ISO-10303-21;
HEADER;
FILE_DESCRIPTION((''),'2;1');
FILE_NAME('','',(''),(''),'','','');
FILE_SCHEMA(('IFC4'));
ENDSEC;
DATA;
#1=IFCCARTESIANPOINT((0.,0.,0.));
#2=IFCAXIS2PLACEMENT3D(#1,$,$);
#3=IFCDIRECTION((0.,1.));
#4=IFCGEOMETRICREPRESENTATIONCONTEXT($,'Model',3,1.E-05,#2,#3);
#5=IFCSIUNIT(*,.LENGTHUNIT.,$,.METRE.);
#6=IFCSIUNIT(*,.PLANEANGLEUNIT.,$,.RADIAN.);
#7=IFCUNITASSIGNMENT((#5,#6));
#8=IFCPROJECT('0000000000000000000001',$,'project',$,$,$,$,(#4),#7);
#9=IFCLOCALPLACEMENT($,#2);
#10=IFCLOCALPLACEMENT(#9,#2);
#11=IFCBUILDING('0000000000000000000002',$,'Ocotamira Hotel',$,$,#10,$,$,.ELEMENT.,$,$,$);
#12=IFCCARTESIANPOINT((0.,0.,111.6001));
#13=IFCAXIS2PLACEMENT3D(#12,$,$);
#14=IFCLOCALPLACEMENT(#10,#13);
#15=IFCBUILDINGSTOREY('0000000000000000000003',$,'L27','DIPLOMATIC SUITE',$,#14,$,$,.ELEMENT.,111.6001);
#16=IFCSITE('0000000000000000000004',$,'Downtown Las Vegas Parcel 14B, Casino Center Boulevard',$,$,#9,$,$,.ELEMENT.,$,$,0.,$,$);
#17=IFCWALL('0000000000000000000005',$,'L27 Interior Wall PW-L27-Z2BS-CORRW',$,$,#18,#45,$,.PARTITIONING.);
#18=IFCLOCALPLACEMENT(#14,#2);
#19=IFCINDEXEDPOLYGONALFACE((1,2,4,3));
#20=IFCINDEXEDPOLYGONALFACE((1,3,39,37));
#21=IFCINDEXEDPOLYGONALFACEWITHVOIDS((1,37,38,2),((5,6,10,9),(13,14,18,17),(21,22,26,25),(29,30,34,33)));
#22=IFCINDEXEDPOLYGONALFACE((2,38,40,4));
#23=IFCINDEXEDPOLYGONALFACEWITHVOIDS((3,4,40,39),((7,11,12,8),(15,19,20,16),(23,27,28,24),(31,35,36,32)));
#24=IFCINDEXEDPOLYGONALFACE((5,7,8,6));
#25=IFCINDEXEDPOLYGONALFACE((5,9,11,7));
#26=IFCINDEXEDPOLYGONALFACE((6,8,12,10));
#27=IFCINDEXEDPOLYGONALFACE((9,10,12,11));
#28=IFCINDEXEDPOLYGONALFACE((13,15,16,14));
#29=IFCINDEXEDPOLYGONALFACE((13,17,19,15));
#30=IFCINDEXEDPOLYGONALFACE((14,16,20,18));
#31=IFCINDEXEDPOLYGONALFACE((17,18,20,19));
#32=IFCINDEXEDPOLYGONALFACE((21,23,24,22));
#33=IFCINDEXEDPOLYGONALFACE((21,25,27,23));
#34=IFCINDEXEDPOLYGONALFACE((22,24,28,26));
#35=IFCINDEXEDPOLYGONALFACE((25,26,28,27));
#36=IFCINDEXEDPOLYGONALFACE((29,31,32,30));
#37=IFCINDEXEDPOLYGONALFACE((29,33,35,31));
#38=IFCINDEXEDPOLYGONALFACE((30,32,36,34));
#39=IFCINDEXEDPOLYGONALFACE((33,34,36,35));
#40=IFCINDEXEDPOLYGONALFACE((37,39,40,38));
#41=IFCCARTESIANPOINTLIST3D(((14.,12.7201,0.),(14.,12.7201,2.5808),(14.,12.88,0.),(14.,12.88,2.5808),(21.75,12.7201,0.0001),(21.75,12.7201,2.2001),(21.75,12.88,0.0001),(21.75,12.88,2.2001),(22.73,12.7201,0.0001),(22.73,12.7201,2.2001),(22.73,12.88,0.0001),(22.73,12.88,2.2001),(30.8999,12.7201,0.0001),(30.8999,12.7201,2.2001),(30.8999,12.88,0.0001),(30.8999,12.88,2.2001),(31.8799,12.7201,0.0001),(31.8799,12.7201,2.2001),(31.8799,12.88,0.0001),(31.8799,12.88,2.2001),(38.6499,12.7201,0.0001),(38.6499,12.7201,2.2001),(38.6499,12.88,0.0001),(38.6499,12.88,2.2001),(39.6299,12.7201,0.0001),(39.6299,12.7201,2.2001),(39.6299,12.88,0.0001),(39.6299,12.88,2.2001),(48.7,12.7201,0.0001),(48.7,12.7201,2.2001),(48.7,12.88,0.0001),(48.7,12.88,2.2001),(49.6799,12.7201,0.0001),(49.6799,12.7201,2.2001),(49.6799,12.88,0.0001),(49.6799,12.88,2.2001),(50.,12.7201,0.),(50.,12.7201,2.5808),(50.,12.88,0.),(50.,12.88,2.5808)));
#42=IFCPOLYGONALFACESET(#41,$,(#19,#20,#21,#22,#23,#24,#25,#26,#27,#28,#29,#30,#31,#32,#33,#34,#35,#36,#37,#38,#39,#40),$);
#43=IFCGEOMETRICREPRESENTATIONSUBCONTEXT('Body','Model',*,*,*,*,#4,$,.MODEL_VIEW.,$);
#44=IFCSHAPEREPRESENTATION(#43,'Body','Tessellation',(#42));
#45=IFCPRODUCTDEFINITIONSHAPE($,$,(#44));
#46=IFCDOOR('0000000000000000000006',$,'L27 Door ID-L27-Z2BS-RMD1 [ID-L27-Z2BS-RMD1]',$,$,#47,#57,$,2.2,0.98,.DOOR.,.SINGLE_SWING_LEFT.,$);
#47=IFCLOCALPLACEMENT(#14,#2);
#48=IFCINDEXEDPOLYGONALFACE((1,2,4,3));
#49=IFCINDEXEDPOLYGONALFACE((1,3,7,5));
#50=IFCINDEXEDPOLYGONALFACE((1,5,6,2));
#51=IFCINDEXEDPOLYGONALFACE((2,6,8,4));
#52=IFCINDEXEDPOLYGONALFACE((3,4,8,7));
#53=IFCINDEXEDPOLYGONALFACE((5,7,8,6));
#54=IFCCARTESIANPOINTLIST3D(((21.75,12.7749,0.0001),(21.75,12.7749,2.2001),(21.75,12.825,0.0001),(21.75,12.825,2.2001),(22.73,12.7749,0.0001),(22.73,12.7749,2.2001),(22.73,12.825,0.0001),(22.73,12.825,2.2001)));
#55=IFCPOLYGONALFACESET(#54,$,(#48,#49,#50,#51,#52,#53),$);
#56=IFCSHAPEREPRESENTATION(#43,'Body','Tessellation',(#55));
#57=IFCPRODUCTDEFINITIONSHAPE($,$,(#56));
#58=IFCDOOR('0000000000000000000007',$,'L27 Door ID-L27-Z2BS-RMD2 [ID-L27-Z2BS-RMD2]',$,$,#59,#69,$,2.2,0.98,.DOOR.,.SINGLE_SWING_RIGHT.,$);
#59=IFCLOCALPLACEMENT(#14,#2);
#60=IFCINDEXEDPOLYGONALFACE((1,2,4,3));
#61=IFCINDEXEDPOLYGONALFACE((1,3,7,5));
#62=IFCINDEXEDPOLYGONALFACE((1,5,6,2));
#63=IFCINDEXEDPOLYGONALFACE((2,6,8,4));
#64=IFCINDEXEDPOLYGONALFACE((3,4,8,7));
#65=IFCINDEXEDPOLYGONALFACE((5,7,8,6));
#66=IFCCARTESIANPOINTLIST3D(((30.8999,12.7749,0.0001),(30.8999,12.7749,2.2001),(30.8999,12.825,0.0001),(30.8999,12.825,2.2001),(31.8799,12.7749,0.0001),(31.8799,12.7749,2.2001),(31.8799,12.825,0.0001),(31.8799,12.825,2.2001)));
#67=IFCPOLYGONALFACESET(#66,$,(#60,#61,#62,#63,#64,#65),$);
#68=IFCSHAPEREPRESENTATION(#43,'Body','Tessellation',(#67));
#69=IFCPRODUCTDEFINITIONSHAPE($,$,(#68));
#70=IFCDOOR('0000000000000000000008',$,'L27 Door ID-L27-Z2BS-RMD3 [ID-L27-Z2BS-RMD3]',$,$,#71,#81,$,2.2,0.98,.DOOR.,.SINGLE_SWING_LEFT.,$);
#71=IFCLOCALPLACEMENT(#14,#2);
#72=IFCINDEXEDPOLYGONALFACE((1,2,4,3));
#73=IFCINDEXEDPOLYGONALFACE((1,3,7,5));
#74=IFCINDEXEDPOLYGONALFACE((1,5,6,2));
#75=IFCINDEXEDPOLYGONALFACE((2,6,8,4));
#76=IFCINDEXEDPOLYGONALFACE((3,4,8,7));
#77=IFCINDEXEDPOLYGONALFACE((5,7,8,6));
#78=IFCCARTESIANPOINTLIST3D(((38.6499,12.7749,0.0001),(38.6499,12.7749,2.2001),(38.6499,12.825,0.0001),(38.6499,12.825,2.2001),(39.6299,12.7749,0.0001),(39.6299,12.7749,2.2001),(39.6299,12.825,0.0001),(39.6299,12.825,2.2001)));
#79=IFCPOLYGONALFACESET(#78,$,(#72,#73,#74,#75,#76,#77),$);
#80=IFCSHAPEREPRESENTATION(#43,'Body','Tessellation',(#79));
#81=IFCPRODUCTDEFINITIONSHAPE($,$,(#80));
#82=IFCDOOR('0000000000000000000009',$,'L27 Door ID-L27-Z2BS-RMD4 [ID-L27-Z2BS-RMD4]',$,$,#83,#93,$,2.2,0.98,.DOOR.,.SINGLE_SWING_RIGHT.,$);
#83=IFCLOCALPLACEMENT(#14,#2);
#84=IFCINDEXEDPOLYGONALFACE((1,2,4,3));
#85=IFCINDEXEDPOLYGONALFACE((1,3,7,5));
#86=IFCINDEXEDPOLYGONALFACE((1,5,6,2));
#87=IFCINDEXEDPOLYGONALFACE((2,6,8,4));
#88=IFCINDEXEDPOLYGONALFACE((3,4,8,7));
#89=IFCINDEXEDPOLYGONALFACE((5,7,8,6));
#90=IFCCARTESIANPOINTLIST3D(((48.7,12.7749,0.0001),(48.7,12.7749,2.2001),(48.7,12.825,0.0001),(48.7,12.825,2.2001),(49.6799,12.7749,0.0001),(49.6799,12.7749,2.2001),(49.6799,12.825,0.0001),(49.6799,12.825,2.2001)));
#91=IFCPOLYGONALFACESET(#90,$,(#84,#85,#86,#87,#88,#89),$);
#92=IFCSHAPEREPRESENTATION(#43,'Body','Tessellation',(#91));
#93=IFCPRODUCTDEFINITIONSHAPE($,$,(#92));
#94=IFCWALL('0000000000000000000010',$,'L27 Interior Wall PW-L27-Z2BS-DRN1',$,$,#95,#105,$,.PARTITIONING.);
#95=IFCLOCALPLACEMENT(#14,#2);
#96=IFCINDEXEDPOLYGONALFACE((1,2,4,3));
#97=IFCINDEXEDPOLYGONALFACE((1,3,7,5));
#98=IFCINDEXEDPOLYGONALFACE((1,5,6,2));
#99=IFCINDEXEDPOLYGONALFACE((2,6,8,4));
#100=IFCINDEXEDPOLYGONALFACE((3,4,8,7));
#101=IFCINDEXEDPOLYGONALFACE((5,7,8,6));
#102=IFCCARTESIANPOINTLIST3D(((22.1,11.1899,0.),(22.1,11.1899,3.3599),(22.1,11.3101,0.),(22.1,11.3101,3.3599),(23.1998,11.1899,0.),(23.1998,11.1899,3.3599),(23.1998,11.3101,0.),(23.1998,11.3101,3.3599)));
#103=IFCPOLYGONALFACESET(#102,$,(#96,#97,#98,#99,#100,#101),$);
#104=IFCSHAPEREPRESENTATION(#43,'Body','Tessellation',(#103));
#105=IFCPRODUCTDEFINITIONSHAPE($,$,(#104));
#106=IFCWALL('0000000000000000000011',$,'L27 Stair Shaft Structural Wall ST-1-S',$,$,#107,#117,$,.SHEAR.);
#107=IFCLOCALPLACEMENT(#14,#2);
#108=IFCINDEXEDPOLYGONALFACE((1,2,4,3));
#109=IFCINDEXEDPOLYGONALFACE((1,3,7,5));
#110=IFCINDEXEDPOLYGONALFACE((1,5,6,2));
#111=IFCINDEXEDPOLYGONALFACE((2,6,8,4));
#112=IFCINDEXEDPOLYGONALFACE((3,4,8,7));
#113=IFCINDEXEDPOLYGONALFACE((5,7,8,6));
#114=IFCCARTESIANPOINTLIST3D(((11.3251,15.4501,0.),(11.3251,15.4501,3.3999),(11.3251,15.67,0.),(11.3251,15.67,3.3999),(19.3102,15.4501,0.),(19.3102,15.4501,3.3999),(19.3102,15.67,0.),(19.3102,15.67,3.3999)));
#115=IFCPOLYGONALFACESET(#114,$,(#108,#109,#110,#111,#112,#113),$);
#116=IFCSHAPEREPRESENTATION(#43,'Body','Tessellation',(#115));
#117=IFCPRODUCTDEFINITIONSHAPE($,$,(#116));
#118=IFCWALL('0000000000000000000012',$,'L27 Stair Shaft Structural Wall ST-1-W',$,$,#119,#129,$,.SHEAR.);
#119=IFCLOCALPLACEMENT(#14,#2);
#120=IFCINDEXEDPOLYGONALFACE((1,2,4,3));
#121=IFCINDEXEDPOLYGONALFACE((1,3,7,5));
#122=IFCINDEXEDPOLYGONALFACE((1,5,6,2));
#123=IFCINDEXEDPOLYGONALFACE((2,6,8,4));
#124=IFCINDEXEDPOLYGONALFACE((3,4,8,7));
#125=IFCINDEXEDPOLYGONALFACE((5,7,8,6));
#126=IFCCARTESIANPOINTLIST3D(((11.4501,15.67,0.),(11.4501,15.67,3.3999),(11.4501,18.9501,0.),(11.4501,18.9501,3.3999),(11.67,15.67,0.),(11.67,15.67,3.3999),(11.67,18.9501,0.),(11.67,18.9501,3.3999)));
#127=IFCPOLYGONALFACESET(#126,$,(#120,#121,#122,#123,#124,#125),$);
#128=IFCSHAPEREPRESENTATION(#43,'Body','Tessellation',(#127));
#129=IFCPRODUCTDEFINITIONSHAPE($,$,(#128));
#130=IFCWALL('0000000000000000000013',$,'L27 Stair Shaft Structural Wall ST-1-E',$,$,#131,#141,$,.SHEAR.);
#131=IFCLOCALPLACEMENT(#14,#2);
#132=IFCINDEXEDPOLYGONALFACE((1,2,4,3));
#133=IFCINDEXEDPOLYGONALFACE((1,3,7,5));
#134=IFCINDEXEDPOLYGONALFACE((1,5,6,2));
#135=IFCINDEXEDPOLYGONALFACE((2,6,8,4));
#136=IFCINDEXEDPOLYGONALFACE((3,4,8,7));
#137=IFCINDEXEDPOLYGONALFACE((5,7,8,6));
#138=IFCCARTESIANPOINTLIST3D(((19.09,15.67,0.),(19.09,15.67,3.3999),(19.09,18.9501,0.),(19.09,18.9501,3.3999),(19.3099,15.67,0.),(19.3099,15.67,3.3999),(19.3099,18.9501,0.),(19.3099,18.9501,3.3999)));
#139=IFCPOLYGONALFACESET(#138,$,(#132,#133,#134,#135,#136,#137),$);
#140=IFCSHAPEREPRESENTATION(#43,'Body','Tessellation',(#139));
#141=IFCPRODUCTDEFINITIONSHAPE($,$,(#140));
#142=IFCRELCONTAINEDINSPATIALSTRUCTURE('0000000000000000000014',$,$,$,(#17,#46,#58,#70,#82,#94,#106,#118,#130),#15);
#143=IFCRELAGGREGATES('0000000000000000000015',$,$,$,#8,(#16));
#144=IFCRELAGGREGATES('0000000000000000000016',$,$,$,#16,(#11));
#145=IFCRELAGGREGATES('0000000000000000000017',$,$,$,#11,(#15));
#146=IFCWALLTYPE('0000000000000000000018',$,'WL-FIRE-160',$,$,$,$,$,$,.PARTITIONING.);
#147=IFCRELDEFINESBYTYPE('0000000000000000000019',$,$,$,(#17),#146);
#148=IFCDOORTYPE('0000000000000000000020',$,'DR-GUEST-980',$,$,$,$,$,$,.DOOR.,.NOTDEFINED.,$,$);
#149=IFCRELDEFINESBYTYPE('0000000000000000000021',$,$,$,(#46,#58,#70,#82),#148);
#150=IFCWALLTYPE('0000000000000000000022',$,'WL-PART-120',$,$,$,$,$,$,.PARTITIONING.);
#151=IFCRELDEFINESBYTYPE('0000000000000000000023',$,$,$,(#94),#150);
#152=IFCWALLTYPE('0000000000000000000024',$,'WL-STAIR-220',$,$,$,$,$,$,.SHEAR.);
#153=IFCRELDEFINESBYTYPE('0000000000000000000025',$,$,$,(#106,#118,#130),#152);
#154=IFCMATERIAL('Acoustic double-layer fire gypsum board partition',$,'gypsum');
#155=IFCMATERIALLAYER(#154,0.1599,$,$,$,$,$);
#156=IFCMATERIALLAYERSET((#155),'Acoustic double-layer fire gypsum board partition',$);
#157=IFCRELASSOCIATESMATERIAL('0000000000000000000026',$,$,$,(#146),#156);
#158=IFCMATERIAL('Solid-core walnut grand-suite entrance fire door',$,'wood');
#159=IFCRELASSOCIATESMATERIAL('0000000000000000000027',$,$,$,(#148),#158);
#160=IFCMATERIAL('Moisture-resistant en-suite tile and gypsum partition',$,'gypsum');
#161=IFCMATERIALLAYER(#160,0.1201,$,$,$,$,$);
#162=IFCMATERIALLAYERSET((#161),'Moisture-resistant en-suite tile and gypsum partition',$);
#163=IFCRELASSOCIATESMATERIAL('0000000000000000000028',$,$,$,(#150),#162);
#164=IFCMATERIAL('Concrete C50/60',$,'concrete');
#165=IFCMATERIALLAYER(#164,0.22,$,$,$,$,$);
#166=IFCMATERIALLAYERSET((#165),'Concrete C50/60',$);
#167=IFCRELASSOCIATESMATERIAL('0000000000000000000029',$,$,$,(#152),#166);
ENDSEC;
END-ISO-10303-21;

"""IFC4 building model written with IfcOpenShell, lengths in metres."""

from ifc_helpers import new_model, si_unit, direction, frame, frame_2d, origin, place, context, subcontext, project, spatial, rectangle, extrude, source, transform, mapped, material, layer, layer_set, type_object, element, fill, save


model = new_model("IFC4")

# Units and contexts
model_context = context("Model", 3, precision=1e-05, world=origin(), true_north=direction((0.0, 1.0)))
body_context = subcontext(model_context, "Body", "Model", "MODEL_VIEW")
ifc_project = project(units=[si_unit("LENGTHUNIT", "METRE"), si_unit("PLANEANGLEUNIT", "RADIAN")], contexts=[model_context])

# Site, building, storey
site_placement = place(None, origin())
site = spatial("IfcSite", under=ifc_project, at=site_placement, Name="Downtown Las Vegas Parcel 14B, Casino Center Boulevard", CompositionType="ELEMENT", RefElevation=0.0)
building_placement = place(site_placement, origin())
building = spatial("IfcBuilding", under=site, at=building_placement, Name="Ocotamira Hotel", CompositionType="ELEMENT")
storey_placement = place(building_placement, frame((0.0, 0.0, 111.6001)))
storey = spatial("IfcBuildingStorey", under=building, at=storey_placement, Name="L27", Description="DIPLOMATIC SUITE", CompositionType="ELEMENT", Elevation=111.6001)

# Wall, openings, doors
ifc_material_1 = material(Name="Acoustic double-layer fire gypsum board partition", Category="gypsum")
ifc_layer_1 = layer(ifc_material_1, 0.1599)
ifc_layer_set_1 = layer_set([ifc_layer_1], Name="Acoustic double-layer fire gypsum board partition")
wall_type_1 = type_object("IfcWallType", Name="WL-FIRE-160", PredefinedType="PARTITIONING", material=ifc_layer_set_1)
wall_1_placement = place(storey_placement, frame((14.0, 12.8, 0.0), z_axis=(0.0, 0.0, 1.0), x_axis=(1.0, 0.0, 0.0)))
wall_1 = element("IfcWall", 1, at=wall_1_placement, inside=storey, type_object=wall_type_1, Name="L27 Interior Wall PW-L27-Z2BS-CORRW", PredefinedType="PARTITIONING", context=body_context, shape_type="SweptSolid", body=[
    extrude(rectangle(XDim=36.0, YDim=0.1599, at=frame_2d((18.0, 0.0))), origin(), (0.0, 0.0, 1.0), 2.5808),
])
opening_1_placement = place(wall_1_placement, frame((7.75, 0.0, 0.0)))
opening_1 = element("IfcOpeningElement", 2, at=opening_1_placement, cuts=wall_1, PredefinedType="OPENING", context=body_context, shape_type="SweptSolid", body=[
    extrude(rectangle(XDim=0.98, YDim=2.2, at=frame_2d((0.49, 1.1001))), frame((0.0, 0.0898, 0.0), z_axis=(0.0, -1.0, 0.0), x_axis=(1.0, 0.0, 0.0)), (0.0, 0.0, 1.0), 0.1799),
])
opening_2_placement = place(wall_1_placement, frame((16.8999, 0.0, 0.0)))
opening_2 = element("IfcOpeningElement", 3, at=opening_2_placement, cuts=wall_1, PredefinedType="OPENING", context=body_context, shape_type="SweptSolid", body=[
    extrude(rectangle(XDim=0.98, YDim=2.2, at=frame_2d((0.49, 1.1001))), frame((0.0, 0.0898, 0.0), z_axis=(0.0, -1.0, 0.0), x_axis=(1.0, 0.0, 0.0)), (0.0, 0.0, 1.0), 0.1799),
])
opening_3_placement = place(wall_1_placement, frame((24.6499, 0.0, 0.0)))
opening_3 = element("IfcOpeningElement", 4, at=opening_3_placement, cuts=wall_1, PredefinedType="OPENING", context=body_context, shape_type="SweptSolid", body=[
    extrude(rectangle(XDim=0.98, YDim=2.2, at=frame_2d((0.49, 1.1001))), frame((0.0, 0.0898, 0.0), z_axis=(0.0, -1.0, 0.0), x_axis=(1.0, 0.0, 0.0)), (0.0, 0.0, 1.0), 0.1799),
])
opening_4_placement = place(wall_1_placement, frame((34.7, 0.0, 0.0)))
opening_4 = element("IfcOpeningElement", 5, at=opening_4_placement, cuts=wall_1, PredefinedType="OPENING", context=body_context, shape_type="SweptSolid", body=[
    extrude(rectangle(XDim=0.98, YDim=2.2, at=frame_2d((0.49, 1.1001))), frame((0.0, 0.0898, 0.0), z_axis=(0.0, -1.0, 0.0), x_axis=(1.0, 0.0, 0.0)), (0.0, 0.0, 1.0), 0.1799),
])
ifc_material_2 = material(Name="Solid-core walnut grand-suite entrance fire door", Category="wood")
door_type_1 = type_object("IfcDoorType", Name="DR-GUEST-980", OperationType="NOTDEFINED", PredefinedType="DOOR", material=ifc_material_2)
shared_shape_1 = source(origin(), body_context, "Body", "SweptSolid", [
    extrude(rectangle(XDim=0.98, YDim=2.2, at=frame_2d((0.49, 1.1001))), frame((0.0, 0.0249, 0.0), z_axis=(0.0, -1.0, 0.0), x_axis=(1.0, 0.0, 0.0)), (0.0, 0.0, 1.0), 0.05),
])
door_1_placement = place(opening_1_placement, origin())
door_1 = element("IfcDoor", 6, at=door_1_placement, inside=storey, type_object=door_type_1, Name="L27 Door ID-L27-Z2BS-RMD1 [ID-L27-Z2BS-RMD1]", OperationType="SINGLE_SWING_LEFT", OverallHeight=2.2, OverallWidth=0.98, PredefinedType="DOOR", context=body_context, shape_type="MappedRepresentation", body=[
    mapped(shared_shape_1, transform((0.0, 0.0, 0.0), scale=1.0)),
])
fill(opening_1, door_1)
door_2_placement = place(opening_2_placement, origin())
door_2 = element("IfcDoor", 7, at=door_2_placement, inside=storey, type_object=door_type_1, Name="L27 Door ID-L27-Z2BS-RMD2 [ID-L27-Z2BS-RMD2]", OperationType="SINGLE_SWING_RIGHT", OverallHeight=2.2, OverallWidth=0.98, PredefinedType="DOOR", context=body_context, shape_type="MappedRepresentation", body=[
    mapped(shared_shape_1, transform((0.0, 0.0, 0.0), scale=1.0)),
])
fill(opening_2, door_2)
door_3_placement = place(opening_3_placement, origin())
door_3 = element("IfcDoor", 8, at=door_3_placement, inside=storey, type_object=door_type_1, Name="L27 Door ID-L27-Z2BS-RMD3 [ID-L27-Z2BS-RMD3]", OperationType="SINGLE_SWING_LEFT", OverallHeight=2.2, OverallWidth=0.98, PredefinedType="DOOR", context=body_context, shape_type="MappedRepresentation", body=[
    mapped(shared_shape_1, transform((0.0, 0.0, 0.0), scale=1.0)),
])
fill(opening_3, door_3)
door_4_placement = place(opening_4_placement, origin())
door_4 = element("IfcDoor", 9, at=door_4_placement, inside=storey, type_object=door_type_1, Name="L27 Door ID-L27-Z2BS-RMD4 [ID-L27-Z2BS-RMD4]", OperationType="SINGLE_SWING_RIGHT", OverallHeight=2.2, OverallWidth=0.98, PredefinedType="DOOR", context=body_context, shape_type="MappedRepresentation", body=[
    mapped(shared_shape_1, transform((0.0, 0.0, 0.0), scale=1.0)),
])
fill(opening_4, door_4)

# Walls
ifc_material_3 = material(Name="Moisture-resistant en-suite tile and gypsum partition", Category="gypsum")
ifc_layer_2 = layer(ifc_material_3, 0.1201)
ifc_layer_set_2 = layer_set([ifc_layer_2], Name="Moisture-resistant en-suite tile and gypsum partition")
wall_type_2 = type_object("IfcWallType", Name="WL-PART-120", PredefinedType="PARTITIONING", material=ifc_layer_set_2)
wall_2_placement = place(storey_placement, frame((22.1001, 11.25, 0.0), z_axis=(0.0, 0.0, 1.0), x_axis=(1.0, 0.0, 0.0)))
element("IfcWall", 10, at=wall_2_placement, inside=storey, type_object=wall_type_2, Name="L27 Interior Wall PW-L27-Z2BS-DRN1", PredefinedType="PARTITIONING", context=body_context, shape_type="SweptSolid", body=[
    extrude(rectangle(XDim=1.0999, YDim=0.1201, at=frame_2d((0.5498, 0.0))), origin(), (0.0, 0.0, 1.0), 3.3599),
])
ifc_material_4 = material(Name="Concrete C50/60", Category="concrete")
ifc_layer_3 = layer(ifc_material_4, 0.22)
ifc_layer_set_3 = layer_set([ifc_layer_3], Name="Concrete C50/60")
wall_type_3 = type_object("IfcWallType", Name="WL-STAIR-220", PredefinedType="SHEAR", material=ifc_layer_set_3)
wall_3_placement = place(storey_placement, frame((11.325, 15.5601, 0.0), z_axis=(0.0, 0.0, 1.0), x_axis=(1.0, 0.0, 0.0)))
element("IfcWall", 11, at=wall_3_placement, inside=storey, type_object=wall_type_3, Name="L27 Stair Shaft Structural Wall ST-1-S", PredefinedType="SHEAR", context=body_context, shape_type="SweptSolid", body=[
    extrude(rectangle(XDim=7.9851, YDim=0.22, at=frame_2d((3.9927, 0.0))), origin(), (0.0, 0.0, 1.0), 3.3999),
])
for number, where, z_axis, x_axis, name in (
    (12, (11.5601, 15.6699, 0.0), (0.0, 0.0, 1.0), (0.0, 1.0, 0.0), "L27 Stair Shaft Structural Wall ST-1-W"),
    (13, (19.2, 15.6699, 0.0), (0.0, 0.0, 1.0), (0.0, 1.0, 0.0), "L27 Stair Shaft Structural Wall ST-1-E"),
):
    element("IfcWall", number, at=place(storey_placement, frame(where, z_axis=z_axis, x_axis=x_axis)), inside=storey, type_object=wall_type_3, Name=name, PredefinedType="SHEAR", context=body_context, shape_type="SweptSolid", body=[
        extrude(rectangle(XDim=3.28, YDim=0.22, at=frame_2d((1.6401, 0.0))), origin(), (0.0, 0.0, 1.0), 3.3999),
    ])

save(model, "model.ifc")
